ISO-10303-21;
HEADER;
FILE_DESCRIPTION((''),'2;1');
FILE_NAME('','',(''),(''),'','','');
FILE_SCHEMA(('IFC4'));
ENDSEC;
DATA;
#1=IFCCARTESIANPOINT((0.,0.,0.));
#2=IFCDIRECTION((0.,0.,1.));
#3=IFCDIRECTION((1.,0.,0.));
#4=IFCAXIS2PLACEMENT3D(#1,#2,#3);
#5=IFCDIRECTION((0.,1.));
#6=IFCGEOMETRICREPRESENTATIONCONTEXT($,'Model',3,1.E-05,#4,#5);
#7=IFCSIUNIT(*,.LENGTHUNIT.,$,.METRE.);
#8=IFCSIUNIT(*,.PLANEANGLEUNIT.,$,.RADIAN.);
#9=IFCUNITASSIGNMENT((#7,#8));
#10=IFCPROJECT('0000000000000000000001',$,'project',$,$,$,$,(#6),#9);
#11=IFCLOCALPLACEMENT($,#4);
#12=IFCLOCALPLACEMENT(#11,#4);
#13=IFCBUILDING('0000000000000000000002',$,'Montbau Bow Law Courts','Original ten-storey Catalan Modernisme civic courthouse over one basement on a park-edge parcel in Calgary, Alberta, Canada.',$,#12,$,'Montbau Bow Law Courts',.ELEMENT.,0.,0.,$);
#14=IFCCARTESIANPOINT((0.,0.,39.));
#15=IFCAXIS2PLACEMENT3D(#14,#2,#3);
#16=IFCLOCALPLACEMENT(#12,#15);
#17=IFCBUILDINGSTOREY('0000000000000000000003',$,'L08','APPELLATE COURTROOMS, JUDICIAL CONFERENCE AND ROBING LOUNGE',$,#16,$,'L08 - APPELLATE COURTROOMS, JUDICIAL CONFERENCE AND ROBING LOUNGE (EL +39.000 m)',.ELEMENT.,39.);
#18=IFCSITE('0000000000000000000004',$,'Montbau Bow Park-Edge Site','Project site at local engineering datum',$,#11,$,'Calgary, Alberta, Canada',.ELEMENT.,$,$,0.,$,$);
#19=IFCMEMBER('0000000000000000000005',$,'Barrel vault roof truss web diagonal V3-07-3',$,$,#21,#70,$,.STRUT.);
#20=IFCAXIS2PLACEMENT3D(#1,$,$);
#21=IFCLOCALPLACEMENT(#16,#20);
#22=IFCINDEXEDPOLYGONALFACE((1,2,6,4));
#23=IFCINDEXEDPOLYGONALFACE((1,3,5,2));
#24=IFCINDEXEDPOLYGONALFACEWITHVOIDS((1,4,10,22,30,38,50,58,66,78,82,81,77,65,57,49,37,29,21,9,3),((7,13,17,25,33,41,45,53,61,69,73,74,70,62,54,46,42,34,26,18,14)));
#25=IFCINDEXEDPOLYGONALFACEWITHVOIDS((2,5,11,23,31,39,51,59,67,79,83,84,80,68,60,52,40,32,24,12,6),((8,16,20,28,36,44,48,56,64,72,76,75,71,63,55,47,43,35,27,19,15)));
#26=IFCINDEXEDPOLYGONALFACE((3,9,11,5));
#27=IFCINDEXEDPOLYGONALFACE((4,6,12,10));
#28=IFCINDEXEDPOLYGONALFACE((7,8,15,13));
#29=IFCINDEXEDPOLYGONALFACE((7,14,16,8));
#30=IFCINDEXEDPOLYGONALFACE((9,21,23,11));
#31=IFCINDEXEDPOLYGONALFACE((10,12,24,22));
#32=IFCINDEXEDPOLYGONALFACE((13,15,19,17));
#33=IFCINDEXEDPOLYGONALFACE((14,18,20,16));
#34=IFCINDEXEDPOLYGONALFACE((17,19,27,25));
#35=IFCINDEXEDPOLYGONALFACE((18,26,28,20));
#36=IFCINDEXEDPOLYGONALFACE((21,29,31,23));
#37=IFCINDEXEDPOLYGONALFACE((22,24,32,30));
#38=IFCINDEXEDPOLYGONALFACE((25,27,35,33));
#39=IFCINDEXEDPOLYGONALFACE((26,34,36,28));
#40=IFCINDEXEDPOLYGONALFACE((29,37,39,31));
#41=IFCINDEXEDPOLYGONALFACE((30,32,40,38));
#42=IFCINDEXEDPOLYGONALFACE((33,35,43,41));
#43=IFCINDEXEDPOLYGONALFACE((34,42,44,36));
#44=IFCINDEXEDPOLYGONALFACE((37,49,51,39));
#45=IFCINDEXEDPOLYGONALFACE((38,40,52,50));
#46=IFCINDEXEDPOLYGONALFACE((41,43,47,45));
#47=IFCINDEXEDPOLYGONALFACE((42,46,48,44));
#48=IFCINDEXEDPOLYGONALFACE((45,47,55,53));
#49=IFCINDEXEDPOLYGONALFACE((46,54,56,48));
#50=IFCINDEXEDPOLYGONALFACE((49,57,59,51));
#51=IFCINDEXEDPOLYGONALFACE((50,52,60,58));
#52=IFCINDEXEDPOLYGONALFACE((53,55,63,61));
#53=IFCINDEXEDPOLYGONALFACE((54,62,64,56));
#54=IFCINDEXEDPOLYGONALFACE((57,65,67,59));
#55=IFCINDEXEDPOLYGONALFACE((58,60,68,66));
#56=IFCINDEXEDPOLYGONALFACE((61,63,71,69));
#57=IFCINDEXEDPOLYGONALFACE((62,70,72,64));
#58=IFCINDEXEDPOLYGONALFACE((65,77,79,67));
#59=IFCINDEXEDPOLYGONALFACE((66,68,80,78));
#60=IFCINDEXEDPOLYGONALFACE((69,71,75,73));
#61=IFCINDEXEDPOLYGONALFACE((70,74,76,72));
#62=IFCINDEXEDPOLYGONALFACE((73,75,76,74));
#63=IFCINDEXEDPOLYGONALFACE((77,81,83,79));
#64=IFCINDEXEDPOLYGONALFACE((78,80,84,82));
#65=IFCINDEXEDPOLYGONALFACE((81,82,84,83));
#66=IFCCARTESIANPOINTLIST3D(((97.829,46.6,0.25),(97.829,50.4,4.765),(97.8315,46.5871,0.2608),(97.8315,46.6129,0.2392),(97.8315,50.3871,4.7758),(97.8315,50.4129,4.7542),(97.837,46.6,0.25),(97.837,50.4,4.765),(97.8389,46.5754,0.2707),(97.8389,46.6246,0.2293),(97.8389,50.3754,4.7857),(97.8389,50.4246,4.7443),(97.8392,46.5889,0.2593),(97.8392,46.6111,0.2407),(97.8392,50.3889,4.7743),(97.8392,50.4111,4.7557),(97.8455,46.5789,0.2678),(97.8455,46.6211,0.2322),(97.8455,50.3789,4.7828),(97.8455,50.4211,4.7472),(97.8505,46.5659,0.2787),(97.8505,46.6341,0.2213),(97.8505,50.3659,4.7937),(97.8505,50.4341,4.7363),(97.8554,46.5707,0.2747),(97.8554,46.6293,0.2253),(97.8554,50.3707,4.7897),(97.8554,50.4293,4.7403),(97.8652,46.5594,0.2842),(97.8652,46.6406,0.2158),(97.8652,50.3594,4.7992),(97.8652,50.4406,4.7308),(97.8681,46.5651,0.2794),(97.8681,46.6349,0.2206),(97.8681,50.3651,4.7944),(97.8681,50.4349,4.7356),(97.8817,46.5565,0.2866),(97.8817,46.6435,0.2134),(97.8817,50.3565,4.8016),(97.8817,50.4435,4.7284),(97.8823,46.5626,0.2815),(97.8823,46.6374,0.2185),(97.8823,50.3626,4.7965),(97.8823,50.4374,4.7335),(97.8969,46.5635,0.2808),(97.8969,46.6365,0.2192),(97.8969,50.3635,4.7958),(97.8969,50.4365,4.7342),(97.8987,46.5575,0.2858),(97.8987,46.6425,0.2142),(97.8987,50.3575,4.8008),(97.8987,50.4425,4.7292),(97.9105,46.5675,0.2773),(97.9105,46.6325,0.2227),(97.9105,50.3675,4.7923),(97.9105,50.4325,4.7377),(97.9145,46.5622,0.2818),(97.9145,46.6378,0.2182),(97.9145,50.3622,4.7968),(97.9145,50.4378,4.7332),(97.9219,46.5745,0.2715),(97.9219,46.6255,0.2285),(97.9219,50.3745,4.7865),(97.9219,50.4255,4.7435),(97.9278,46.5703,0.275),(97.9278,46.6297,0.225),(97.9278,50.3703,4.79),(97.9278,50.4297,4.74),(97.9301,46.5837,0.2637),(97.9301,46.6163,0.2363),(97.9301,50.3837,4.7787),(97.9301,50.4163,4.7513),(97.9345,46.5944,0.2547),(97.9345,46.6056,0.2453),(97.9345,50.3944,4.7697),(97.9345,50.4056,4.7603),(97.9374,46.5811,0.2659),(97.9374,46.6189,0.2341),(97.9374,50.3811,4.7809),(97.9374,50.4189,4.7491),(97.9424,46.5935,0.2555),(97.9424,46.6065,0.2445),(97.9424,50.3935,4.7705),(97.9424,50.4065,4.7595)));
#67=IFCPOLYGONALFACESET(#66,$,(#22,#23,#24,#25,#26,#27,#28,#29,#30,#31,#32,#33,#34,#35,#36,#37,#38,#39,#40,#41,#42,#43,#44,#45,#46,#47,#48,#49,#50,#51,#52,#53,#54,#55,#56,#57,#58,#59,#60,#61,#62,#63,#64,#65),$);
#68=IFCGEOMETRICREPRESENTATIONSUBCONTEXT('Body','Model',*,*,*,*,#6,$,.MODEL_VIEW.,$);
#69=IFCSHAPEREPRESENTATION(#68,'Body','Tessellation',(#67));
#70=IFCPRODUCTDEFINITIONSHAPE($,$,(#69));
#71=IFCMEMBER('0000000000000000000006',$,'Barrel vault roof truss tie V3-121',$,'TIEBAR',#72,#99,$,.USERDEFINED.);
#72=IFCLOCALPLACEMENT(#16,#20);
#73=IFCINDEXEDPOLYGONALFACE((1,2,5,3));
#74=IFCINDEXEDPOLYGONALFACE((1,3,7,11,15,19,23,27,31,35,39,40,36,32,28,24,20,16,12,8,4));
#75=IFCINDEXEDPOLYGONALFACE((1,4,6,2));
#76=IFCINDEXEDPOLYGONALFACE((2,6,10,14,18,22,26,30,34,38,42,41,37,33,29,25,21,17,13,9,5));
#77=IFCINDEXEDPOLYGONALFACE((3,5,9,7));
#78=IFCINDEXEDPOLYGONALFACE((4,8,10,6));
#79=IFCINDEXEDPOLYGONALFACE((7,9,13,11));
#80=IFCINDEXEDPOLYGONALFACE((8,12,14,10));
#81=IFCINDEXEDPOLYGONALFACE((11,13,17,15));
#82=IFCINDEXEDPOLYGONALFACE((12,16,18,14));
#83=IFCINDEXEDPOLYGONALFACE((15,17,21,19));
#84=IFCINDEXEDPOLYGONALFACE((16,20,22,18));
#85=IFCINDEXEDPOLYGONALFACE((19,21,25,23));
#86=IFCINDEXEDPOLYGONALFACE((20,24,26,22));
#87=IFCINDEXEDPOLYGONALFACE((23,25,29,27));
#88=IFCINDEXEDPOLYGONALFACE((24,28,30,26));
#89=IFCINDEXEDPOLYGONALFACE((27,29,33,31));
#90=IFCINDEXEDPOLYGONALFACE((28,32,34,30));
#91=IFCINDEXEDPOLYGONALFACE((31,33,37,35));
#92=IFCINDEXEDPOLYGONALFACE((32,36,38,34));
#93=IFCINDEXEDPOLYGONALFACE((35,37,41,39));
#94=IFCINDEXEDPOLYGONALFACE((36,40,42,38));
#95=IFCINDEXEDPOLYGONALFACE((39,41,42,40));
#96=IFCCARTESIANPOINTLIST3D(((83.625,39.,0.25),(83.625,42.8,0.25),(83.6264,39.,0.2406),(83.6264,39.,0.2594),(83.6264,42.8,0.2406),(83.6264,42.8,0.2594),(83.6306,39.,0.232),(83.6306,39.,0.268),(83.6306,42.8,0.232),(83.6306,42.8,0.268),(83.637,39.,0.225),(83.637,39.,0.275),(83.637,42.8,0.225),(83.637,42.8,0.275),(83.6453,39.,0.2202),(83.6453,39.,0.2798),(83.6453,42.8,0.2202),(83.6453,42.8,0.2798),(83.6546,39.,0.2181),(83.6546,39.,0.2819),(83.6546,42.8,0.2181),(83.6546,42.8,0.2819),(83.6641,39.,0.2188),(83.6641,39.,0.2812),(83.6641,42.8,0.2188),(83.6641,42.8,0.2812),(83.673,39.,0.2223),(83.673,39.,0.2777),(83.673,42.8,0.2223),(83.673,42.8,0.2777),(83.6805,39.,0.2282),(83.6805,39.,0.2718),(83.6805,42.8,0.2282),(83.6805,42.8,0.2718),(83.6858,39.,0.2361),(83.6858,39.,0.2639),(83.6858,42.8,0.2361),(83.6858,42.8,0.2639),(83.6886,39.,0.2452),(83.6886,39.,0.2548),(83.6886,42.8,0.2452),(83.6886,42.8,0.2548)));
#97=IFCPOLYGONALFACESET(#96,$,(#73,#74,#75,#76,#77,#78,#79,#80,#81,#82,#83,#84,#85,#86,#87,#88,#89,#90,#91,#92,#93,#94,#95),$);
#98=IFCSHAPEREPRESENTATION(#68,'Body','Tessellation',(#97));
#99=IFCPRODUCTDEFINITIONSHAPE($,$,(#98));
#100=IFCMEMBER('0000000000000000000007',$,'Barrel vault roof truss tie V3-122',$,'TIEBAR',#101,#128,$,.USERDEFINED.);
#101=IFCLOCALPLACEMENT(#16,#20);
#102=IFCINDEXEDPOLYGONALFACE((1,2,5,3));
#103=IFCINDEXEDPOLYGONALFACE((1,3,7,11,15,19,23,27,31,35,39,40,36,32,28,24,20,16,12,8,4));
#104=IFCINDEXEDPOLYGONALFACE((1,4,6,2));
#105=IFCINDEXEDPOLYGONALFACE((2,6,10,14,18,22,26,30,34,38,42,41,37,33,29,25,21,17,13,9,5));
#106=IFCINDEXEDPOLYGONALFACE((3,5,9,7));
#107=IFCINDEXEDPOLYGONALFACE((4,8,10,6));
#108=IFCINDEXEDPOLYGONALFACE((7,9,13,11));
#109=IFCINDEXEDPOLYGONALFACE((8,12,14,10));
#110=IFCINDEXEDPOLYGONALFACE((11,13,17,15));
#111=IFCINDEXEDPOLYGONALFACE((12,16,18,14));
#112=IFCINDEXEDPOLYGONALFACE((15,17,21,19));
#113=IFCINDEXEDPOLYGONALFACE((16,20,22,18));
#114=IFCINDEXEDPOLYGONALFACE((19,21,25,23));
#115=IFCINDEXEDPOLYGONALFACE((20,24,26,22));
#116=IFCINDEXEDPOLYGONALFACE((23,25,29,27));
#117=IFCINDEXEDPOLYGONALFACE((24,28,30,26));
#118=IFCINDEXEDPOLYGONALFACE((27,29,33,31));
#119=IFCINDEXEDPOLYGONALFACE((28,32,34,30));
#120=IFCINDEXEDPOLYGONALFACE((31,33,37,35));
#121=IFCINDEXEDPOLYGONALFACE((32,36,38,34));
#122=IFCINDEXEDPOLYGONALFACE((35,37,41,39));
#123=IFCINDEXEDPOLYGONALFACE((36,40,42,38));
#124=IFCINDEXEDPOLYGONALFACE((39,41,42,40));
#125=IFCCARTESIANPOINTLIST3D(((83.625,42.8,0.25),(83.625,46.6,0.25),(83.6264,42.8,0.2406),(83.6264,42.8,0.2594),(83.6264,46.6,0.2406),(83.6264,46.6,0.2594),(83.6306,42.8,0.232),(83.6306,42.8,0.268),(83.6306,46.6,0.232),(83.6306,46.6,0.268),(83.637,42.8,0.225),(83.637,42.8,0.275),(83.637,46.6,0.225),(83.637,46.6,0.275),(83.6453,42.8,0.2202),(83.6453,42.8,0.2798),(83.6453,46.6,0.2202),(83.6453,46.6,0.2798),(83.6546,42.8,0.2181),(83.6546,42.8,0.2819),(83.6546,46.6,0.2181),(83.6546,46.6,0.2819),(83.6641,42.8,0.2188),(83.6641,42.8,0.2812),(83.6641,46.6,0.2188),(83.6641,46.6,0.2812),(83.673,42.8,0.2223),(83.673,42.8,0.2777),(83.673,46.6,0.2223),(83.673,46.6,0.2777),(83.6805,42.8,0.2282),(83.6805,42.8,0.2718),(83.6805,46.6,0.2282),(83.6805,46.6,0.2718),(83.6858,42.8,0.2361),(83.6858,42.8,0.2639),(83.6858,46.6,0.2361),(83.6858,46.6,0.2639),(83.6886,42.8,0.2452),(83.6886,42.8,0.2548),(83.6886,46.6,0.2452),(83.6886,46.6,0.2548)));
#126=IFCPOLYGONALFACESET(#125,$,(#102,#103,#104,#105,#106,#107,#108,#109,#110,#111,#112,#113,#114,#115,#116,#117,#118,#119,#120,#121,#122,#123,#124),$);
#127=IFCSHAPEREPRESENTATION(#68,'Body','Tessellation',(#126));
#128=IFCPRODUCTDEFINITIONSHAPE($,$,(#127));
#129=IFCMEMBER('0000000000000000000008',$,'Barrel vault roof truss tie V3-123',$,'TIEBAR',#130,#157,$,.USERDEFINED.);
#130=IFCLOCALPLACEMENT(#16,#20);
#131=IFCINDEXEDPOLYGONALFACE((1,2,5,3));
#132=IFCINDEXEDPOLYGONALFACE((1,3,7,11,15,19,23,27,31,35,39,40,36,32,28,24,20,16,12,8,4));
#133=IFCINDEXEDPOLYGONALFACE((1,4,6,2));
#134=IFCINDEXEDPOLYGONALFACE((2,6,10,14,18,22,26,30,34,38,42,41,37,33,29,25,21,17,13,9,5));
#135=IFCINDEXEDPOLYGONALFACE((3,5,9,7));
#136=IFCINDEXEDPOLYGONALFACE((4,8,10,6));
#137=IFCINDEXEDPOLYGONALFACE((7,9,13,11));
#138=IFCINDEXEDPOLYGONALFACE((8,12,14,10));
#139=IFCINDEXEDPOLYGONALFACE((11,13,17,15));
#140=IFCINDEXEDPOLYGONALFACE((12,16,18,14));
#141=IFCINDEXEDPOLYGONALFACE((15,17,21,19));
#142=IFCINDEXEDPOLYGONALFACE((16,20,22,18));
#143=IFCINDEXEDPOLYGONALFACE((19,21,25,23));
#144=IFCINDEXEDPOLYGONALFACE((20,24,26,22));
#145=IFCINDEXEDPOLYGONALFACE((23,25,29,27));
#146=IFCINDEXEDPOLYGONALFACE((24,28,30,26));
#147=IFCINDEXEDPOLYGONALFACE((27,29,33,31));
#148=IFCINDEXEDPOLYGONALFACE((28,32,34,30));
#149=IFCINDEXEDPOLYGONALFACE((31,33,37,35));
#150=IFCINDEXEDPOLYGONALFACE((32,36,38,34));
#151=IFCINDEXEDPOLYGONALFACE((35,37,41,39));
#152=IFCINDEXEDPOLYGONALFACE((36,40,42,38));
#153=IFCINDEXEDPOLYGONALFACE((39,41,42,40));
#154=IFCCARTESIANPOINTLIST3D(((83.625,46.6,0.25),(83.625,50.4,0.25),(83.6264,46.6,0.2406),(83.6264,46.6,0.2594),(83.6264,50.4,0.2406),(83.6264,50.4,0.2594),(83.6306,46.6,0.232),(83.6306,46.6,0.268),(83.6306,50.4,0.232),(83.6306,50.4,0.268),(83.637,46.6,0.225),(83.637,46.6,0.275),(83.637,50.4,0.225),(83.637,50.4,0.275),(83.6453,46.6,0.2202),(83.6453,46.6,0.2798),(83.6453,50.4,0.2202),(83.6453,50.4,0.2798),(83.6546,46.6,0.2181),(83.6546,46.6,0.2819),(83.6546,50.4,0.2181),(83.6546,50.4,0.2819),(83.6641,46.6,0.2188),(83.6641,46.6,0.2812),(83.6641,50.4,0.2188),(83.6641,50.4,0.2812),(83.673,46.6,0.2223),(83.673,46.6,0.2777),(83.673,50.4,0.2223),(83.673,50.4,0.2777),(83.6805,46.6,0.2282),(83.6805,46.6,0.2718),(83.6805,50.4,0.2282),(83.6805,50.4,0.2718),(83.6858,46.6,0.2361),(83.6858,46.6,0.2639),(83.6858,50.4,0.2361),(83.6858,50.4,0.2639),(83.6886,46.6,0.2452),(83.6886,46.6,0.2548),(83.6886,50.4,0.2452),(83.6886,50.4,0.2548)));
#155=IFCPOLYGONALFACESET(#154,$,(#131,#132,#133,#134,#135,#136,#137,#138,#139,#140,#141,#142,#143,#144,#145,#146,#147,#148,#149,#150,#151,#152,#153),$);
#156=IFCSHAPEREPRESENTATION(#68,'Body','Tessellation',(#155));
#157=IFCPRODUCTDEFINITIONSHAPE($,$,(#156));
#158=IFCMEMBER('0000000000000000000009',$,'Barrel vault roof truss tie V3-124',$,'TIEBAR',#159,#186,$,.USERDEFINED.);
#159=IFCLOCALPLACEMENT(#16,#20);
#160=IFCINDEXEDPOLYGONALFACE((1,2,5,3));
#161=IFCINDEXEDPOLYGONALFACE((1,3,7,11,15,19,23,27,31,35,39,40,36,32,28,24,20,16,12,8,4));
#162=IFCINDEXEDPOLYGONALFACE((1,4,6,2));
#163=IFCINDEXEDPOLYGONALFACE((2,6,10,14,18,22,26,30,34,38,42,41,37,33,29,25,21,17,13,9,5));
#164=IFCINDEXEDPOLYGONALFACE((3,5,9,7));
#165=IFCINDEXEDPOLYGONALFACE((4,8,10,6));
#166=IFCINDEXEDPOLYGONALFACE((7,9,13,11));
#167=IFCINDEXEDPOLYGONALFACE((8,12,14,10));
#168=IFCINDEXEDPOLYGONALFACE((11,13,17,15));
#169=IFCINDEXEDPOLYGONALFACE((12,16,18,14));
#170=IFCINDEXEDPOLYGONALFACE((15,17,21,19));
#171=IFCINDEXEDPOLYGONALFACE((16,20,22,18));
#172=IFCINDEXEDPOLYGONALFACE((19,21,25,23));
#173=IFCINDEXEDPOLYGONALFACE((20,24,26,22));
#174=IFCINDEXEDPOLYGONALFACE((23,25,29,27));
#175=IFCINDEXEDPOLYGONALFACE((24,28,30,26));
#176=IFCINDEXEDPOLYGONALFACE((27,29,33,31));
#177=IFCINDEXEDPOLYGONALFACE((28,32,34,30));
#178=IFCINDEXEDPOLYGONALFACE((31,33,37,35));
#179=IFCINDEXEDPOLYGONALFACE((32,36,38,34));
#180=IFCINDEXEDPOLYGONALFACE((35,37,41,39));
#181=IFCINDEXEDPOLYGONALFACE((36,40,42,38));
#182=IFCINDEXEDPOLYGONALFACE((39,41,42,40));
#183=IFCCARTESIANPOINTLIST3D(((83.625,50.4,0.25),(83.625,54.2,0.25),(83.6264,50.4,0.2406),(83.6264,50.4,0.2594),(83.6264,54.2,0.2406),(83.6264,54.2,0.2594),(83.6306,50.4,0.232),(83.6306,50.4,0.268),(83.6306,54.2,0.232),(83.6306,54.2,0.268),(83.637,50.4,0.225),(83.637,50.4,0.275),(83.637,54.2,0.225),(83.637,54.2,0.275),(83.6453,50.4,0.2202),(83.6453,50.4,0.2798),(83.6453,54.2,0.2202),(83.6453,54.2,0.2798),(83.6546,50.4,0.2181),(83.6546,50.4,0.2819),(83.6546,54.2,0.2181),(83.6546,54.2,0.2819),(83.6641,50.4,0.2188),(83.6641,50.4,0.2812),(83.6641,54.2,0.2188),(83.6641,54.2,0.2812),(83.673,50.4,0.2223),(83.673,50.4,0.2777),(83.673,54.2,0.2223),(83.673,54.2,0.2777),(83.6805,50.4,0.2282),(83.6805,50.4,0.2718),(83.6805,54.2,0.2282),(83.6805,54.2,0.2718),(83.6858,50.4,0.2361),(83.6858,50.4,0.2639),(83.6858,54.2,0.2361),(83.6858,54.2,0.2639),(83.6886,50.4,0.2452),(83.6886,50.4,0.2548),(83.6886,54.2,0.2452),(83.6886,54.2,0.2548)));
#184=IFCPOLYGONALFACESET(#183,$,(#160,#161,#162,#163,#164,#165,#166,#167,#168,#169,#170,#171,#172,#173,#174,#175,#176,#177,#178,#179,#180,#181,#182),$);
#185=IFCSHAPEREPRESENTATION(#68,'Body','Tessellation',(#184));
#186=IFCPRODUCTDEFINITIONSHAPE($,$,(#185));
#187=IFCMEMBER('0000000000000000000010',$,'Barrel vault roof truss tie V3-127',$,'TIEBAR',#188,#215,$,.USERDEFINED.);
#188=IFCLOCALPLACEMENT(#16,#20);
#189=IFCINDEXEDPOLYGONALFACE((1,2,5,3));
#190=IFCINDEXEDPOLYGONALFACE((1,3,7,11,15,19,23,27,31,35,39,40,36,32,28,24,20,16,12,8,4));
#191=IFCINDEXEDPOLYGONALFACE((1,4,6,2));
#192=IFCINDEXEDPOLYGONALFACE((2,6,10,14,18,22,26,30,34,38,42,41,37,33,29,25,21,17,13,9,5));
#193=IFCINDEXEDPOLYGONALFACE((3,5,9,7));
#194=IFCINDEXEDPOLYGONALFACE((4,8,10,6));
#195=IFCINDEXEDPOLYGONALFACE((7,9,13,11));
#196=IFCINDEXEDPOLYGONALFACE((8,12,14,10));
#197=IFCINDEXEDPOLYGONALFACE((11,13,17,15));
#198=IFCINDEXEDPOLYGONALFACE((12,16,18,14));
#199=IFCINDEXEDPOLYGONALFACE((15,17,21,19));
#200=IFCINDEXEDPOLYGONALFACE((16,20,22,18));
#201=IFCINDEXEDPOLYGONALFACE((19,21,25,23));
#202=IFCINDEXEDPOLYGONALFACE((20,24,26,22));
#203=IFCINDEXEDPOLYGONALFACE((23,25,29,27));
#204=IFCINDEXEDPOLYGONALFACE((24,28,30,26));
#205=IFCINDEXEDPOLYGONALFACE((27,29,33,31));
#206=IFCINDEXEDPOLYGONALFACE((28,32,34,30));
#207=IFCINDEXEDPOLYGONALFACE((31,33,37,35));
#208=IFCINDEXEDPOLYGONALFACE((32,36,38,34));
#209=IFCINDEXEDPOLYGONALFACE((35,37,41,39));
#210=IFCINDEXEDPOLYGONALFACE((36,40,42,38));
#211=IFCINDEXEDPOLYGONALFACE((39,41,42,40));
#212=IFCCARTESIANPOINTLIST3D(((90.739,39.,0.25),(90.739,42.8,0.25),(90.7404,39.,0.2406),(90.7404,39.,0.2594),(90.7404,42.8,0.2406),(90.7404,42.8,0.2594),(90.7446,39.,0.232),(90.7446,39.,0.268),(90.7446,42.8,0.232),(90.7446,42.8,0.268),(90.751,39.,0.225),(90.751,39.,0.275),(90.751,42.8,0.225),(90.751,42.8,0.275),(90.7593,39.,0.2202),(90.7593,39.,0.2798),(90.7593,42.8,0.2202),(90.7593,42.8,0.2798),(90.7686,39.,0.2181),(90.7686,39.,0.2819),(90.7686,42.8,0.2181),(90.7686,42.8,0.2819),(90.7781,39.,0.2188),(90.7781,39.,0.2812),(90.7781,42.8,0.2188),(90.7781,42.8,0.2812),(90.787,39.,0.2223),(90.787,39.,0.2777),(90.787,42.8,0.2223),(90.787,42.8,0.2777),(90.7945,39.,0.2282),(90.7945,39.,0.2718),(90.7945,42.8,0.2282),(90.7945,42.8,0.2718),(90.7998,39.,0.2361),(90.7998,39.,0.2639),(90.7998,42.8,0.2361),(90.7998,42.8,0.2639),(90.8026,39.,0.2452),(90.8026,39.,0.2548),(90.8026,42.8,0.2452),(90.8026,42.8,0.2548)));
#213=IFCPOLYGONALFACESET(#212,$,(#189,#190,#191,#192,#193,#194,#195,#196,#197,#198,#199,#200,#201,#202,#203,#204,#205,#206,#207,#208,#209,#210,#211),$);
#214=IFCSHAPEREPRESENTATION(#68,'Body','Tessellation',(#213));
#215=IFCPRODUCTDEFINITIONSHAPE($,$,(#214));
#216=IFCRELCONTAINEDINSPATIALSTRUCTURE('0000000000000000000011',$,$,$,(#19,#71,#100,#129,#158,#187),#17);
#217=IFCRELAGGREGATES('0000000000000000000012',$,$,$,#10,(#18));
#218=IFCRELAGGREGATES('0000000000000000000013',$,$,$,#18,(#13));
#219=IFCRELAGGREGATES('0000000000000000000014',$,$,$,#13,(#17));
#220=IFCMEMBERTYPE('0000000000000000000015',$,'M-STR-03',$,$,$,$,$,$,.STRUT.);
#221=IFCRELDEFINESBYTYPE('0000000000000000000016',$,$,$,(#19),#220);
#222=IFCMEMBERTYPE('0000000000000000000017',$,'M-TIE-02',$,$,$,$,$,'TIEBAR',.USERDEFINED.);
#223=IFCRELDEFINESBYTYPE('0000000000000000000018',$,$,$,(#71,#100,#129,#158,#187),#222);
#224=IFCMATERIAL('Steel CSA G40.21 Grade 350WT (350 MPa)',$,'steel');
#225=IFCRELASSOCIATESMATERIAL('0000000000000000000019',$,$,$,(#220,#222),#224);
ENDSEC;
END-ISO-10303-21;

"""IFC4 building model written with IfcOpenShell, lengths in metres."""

from ifc_helpers import new_model, si_unit, direction, frame, origin_with_axes, origin_2d_with_axis, place, context, subcontext, project, spatial, circle, hollow_circle, extrude, material, material_profile, profile_set, type_object, element, save


model = new_model("IFC4")

# Units and contexts
model_context = context("Model", 3, precision=1e-05, world=origin_with_axes(), true_north=direction((0.0, 1.0)))
body_context = subcontext(model_context, "Body", "Model", "MODEL_VIEW")
ifc_project = project(units=[si_unit("LENGTHUNIT", "METRE"), si_unit("PLANEANGLEUNIT", "RADIAN")], contexts=[model_context])

# Site, building, storey
site_placement = place(None, origin_with_axes())
site = spatial("IfcSite", under=ifc_project, at=site_placement, Name="Montbau Bow Park-Edge Site", Description="Project site at local engineering datum", LongName="Calgary, Alberta, Canada", CompositionType="ELEMENT", RefElevation=0.0)
building_placement = place(site_placement, origin_with_axes())
building = spatial("IfcBuilding", under=site, at=building_placement, Name="Montbau Bow Law Courts", Description="Original ten-storey Catalan Modernisme civic courthouse over one basement on a park-edge parcel in Calgary, Alberta, Canada.", LongName="Montbau Bow Law Courts", CompositionType="ELEMENT", ElevationOfRefHeight=0.0, ElevationOfTerrain=0.0)
storey_placement = place(building_placement, frame((0.0, 0.0, 39.0), z_axis=(0.0, 0.0, 1.0), x_axis=(1.0, 0.0, 0.0)))
storey = spatial("IfcBuildingStorey", under=building, at=storey_placement, Name="L08", Description="APPELLATE COURTROOMS, JUDICIAL CONFERENCE AND ROBING LOUNGE", LongName="L08 - APPELLATE COURTROOMS, JUDICIAL CONFERENCE AND ROBING LOUNGE (EL +39.000 m)", CompositionType="ELEMENT", Elevation=39.0)

# Shared definitions
ifc_material_1 = material(Name="Steel CSA G40.21 Grade 350WT (350 MPa)", Category="steel")

# Members
ifc_material_profile_1 = material_profile(ifc_material_1, hollow_circle(Radius=0.057, WallThickness=0.008, at=origin_2d_with_axis()), Name="HSS114X8.0", Category="Main", Priority=0)
ifc_profile_set_1 = profile_set([ifc_material_profile_1], Name="Steel CSA G40.21 Grade 350WT (350 MPa)")
member_type_1 = type_object("IfcMemberType", Name="M-STR-03", PredefinedType="STRUT", material=ifc_profile_set_1)
member_1_placement = place(None, frame((97.886, 46.6, 39.25), z_axis=(0.0, 0.643927, 0.765087), x_axis=(-1.0, 0.0, 0.0)))
element("IfcMember", 1, at=member_1_placement, inside=storey, type_object=member_type_1, Name="Barrel vault roof truss web diagonal V3-07-3", PredefinedType="STRUT", context=body_context, shape_type="SweptSolid", body=[
    extrude(hollow_circle(Radius=0.057, WallThickness=0.008, at=origin_2d_with_axis()), origin_with_axes(), (0.0, 0.0, 1.0), 5.9013),
])
ifc_material_profile_2 = material_profile(ifc_material_1, circle(Radius=0.032, at=origin_2d_with_axis()), Name="ROD64", Category="Main", Priority=0)
ifc_profile_set_2 = profile_set([ifc_material_profile_2], Name="Steel CSA G40.21 Grade 350WT (350 MPa)")
member_type_2 = type_object("IfcMemberType", Name="M-TIE-02", ElementType="TIEBAR", PredefinedType="USERDEFINED", material=ifc_profile_set_2)
for number, where, z_axis, x_axis, name in (
    (2, (83.657, 39.0, 39.25), (0.0, 1.0, 0.0), (-1.0, 0.0, 0.0), "Barrel vault roof truss tie V3-121"),
    (3, (83.657, 42.8, 39.25), (0.0, 1.0, 0.0), (-1.0, 0.0, 0.0), "Barrel vault roof truss tie V3-122"),
    (4, (83.657, 46.6, 39.25), (0.0, 1.0, 0.0), (-1.0, 0.0, 0.0), "Barrel vault roof truss tie V3-123"),
    (5, (83.657, 50.4, 39.25), (0.0, 1.0, 0.0), (-1.0, 0.0, 0.0), "Barrel vault roof truss tie V3-124"),
    (6, (90.771, 39.0, 39.25), (0.0, 1.0, 0.0), (-1.0, 0.0, 0.0), "Barrel vault roof truss tie V3-127"),
):
    element("IfcMember", number, at=place(None, frame(where, z_axis=z_axis, x_axis=x_axis)), inside=storey, type_object=member_type_2, Name=name, ObjectType="TIEBAR", PredefinedType="USERDEFINED", context=body_context, shape_type="SweptSolid", body=[
        extrude(circle(Radius=0.032, at=origin_2d_with_axis()), origin_with_axes(), (0.0, 0.0, 1.0), 3.8),
    ])

save(model, "model.ifc")
